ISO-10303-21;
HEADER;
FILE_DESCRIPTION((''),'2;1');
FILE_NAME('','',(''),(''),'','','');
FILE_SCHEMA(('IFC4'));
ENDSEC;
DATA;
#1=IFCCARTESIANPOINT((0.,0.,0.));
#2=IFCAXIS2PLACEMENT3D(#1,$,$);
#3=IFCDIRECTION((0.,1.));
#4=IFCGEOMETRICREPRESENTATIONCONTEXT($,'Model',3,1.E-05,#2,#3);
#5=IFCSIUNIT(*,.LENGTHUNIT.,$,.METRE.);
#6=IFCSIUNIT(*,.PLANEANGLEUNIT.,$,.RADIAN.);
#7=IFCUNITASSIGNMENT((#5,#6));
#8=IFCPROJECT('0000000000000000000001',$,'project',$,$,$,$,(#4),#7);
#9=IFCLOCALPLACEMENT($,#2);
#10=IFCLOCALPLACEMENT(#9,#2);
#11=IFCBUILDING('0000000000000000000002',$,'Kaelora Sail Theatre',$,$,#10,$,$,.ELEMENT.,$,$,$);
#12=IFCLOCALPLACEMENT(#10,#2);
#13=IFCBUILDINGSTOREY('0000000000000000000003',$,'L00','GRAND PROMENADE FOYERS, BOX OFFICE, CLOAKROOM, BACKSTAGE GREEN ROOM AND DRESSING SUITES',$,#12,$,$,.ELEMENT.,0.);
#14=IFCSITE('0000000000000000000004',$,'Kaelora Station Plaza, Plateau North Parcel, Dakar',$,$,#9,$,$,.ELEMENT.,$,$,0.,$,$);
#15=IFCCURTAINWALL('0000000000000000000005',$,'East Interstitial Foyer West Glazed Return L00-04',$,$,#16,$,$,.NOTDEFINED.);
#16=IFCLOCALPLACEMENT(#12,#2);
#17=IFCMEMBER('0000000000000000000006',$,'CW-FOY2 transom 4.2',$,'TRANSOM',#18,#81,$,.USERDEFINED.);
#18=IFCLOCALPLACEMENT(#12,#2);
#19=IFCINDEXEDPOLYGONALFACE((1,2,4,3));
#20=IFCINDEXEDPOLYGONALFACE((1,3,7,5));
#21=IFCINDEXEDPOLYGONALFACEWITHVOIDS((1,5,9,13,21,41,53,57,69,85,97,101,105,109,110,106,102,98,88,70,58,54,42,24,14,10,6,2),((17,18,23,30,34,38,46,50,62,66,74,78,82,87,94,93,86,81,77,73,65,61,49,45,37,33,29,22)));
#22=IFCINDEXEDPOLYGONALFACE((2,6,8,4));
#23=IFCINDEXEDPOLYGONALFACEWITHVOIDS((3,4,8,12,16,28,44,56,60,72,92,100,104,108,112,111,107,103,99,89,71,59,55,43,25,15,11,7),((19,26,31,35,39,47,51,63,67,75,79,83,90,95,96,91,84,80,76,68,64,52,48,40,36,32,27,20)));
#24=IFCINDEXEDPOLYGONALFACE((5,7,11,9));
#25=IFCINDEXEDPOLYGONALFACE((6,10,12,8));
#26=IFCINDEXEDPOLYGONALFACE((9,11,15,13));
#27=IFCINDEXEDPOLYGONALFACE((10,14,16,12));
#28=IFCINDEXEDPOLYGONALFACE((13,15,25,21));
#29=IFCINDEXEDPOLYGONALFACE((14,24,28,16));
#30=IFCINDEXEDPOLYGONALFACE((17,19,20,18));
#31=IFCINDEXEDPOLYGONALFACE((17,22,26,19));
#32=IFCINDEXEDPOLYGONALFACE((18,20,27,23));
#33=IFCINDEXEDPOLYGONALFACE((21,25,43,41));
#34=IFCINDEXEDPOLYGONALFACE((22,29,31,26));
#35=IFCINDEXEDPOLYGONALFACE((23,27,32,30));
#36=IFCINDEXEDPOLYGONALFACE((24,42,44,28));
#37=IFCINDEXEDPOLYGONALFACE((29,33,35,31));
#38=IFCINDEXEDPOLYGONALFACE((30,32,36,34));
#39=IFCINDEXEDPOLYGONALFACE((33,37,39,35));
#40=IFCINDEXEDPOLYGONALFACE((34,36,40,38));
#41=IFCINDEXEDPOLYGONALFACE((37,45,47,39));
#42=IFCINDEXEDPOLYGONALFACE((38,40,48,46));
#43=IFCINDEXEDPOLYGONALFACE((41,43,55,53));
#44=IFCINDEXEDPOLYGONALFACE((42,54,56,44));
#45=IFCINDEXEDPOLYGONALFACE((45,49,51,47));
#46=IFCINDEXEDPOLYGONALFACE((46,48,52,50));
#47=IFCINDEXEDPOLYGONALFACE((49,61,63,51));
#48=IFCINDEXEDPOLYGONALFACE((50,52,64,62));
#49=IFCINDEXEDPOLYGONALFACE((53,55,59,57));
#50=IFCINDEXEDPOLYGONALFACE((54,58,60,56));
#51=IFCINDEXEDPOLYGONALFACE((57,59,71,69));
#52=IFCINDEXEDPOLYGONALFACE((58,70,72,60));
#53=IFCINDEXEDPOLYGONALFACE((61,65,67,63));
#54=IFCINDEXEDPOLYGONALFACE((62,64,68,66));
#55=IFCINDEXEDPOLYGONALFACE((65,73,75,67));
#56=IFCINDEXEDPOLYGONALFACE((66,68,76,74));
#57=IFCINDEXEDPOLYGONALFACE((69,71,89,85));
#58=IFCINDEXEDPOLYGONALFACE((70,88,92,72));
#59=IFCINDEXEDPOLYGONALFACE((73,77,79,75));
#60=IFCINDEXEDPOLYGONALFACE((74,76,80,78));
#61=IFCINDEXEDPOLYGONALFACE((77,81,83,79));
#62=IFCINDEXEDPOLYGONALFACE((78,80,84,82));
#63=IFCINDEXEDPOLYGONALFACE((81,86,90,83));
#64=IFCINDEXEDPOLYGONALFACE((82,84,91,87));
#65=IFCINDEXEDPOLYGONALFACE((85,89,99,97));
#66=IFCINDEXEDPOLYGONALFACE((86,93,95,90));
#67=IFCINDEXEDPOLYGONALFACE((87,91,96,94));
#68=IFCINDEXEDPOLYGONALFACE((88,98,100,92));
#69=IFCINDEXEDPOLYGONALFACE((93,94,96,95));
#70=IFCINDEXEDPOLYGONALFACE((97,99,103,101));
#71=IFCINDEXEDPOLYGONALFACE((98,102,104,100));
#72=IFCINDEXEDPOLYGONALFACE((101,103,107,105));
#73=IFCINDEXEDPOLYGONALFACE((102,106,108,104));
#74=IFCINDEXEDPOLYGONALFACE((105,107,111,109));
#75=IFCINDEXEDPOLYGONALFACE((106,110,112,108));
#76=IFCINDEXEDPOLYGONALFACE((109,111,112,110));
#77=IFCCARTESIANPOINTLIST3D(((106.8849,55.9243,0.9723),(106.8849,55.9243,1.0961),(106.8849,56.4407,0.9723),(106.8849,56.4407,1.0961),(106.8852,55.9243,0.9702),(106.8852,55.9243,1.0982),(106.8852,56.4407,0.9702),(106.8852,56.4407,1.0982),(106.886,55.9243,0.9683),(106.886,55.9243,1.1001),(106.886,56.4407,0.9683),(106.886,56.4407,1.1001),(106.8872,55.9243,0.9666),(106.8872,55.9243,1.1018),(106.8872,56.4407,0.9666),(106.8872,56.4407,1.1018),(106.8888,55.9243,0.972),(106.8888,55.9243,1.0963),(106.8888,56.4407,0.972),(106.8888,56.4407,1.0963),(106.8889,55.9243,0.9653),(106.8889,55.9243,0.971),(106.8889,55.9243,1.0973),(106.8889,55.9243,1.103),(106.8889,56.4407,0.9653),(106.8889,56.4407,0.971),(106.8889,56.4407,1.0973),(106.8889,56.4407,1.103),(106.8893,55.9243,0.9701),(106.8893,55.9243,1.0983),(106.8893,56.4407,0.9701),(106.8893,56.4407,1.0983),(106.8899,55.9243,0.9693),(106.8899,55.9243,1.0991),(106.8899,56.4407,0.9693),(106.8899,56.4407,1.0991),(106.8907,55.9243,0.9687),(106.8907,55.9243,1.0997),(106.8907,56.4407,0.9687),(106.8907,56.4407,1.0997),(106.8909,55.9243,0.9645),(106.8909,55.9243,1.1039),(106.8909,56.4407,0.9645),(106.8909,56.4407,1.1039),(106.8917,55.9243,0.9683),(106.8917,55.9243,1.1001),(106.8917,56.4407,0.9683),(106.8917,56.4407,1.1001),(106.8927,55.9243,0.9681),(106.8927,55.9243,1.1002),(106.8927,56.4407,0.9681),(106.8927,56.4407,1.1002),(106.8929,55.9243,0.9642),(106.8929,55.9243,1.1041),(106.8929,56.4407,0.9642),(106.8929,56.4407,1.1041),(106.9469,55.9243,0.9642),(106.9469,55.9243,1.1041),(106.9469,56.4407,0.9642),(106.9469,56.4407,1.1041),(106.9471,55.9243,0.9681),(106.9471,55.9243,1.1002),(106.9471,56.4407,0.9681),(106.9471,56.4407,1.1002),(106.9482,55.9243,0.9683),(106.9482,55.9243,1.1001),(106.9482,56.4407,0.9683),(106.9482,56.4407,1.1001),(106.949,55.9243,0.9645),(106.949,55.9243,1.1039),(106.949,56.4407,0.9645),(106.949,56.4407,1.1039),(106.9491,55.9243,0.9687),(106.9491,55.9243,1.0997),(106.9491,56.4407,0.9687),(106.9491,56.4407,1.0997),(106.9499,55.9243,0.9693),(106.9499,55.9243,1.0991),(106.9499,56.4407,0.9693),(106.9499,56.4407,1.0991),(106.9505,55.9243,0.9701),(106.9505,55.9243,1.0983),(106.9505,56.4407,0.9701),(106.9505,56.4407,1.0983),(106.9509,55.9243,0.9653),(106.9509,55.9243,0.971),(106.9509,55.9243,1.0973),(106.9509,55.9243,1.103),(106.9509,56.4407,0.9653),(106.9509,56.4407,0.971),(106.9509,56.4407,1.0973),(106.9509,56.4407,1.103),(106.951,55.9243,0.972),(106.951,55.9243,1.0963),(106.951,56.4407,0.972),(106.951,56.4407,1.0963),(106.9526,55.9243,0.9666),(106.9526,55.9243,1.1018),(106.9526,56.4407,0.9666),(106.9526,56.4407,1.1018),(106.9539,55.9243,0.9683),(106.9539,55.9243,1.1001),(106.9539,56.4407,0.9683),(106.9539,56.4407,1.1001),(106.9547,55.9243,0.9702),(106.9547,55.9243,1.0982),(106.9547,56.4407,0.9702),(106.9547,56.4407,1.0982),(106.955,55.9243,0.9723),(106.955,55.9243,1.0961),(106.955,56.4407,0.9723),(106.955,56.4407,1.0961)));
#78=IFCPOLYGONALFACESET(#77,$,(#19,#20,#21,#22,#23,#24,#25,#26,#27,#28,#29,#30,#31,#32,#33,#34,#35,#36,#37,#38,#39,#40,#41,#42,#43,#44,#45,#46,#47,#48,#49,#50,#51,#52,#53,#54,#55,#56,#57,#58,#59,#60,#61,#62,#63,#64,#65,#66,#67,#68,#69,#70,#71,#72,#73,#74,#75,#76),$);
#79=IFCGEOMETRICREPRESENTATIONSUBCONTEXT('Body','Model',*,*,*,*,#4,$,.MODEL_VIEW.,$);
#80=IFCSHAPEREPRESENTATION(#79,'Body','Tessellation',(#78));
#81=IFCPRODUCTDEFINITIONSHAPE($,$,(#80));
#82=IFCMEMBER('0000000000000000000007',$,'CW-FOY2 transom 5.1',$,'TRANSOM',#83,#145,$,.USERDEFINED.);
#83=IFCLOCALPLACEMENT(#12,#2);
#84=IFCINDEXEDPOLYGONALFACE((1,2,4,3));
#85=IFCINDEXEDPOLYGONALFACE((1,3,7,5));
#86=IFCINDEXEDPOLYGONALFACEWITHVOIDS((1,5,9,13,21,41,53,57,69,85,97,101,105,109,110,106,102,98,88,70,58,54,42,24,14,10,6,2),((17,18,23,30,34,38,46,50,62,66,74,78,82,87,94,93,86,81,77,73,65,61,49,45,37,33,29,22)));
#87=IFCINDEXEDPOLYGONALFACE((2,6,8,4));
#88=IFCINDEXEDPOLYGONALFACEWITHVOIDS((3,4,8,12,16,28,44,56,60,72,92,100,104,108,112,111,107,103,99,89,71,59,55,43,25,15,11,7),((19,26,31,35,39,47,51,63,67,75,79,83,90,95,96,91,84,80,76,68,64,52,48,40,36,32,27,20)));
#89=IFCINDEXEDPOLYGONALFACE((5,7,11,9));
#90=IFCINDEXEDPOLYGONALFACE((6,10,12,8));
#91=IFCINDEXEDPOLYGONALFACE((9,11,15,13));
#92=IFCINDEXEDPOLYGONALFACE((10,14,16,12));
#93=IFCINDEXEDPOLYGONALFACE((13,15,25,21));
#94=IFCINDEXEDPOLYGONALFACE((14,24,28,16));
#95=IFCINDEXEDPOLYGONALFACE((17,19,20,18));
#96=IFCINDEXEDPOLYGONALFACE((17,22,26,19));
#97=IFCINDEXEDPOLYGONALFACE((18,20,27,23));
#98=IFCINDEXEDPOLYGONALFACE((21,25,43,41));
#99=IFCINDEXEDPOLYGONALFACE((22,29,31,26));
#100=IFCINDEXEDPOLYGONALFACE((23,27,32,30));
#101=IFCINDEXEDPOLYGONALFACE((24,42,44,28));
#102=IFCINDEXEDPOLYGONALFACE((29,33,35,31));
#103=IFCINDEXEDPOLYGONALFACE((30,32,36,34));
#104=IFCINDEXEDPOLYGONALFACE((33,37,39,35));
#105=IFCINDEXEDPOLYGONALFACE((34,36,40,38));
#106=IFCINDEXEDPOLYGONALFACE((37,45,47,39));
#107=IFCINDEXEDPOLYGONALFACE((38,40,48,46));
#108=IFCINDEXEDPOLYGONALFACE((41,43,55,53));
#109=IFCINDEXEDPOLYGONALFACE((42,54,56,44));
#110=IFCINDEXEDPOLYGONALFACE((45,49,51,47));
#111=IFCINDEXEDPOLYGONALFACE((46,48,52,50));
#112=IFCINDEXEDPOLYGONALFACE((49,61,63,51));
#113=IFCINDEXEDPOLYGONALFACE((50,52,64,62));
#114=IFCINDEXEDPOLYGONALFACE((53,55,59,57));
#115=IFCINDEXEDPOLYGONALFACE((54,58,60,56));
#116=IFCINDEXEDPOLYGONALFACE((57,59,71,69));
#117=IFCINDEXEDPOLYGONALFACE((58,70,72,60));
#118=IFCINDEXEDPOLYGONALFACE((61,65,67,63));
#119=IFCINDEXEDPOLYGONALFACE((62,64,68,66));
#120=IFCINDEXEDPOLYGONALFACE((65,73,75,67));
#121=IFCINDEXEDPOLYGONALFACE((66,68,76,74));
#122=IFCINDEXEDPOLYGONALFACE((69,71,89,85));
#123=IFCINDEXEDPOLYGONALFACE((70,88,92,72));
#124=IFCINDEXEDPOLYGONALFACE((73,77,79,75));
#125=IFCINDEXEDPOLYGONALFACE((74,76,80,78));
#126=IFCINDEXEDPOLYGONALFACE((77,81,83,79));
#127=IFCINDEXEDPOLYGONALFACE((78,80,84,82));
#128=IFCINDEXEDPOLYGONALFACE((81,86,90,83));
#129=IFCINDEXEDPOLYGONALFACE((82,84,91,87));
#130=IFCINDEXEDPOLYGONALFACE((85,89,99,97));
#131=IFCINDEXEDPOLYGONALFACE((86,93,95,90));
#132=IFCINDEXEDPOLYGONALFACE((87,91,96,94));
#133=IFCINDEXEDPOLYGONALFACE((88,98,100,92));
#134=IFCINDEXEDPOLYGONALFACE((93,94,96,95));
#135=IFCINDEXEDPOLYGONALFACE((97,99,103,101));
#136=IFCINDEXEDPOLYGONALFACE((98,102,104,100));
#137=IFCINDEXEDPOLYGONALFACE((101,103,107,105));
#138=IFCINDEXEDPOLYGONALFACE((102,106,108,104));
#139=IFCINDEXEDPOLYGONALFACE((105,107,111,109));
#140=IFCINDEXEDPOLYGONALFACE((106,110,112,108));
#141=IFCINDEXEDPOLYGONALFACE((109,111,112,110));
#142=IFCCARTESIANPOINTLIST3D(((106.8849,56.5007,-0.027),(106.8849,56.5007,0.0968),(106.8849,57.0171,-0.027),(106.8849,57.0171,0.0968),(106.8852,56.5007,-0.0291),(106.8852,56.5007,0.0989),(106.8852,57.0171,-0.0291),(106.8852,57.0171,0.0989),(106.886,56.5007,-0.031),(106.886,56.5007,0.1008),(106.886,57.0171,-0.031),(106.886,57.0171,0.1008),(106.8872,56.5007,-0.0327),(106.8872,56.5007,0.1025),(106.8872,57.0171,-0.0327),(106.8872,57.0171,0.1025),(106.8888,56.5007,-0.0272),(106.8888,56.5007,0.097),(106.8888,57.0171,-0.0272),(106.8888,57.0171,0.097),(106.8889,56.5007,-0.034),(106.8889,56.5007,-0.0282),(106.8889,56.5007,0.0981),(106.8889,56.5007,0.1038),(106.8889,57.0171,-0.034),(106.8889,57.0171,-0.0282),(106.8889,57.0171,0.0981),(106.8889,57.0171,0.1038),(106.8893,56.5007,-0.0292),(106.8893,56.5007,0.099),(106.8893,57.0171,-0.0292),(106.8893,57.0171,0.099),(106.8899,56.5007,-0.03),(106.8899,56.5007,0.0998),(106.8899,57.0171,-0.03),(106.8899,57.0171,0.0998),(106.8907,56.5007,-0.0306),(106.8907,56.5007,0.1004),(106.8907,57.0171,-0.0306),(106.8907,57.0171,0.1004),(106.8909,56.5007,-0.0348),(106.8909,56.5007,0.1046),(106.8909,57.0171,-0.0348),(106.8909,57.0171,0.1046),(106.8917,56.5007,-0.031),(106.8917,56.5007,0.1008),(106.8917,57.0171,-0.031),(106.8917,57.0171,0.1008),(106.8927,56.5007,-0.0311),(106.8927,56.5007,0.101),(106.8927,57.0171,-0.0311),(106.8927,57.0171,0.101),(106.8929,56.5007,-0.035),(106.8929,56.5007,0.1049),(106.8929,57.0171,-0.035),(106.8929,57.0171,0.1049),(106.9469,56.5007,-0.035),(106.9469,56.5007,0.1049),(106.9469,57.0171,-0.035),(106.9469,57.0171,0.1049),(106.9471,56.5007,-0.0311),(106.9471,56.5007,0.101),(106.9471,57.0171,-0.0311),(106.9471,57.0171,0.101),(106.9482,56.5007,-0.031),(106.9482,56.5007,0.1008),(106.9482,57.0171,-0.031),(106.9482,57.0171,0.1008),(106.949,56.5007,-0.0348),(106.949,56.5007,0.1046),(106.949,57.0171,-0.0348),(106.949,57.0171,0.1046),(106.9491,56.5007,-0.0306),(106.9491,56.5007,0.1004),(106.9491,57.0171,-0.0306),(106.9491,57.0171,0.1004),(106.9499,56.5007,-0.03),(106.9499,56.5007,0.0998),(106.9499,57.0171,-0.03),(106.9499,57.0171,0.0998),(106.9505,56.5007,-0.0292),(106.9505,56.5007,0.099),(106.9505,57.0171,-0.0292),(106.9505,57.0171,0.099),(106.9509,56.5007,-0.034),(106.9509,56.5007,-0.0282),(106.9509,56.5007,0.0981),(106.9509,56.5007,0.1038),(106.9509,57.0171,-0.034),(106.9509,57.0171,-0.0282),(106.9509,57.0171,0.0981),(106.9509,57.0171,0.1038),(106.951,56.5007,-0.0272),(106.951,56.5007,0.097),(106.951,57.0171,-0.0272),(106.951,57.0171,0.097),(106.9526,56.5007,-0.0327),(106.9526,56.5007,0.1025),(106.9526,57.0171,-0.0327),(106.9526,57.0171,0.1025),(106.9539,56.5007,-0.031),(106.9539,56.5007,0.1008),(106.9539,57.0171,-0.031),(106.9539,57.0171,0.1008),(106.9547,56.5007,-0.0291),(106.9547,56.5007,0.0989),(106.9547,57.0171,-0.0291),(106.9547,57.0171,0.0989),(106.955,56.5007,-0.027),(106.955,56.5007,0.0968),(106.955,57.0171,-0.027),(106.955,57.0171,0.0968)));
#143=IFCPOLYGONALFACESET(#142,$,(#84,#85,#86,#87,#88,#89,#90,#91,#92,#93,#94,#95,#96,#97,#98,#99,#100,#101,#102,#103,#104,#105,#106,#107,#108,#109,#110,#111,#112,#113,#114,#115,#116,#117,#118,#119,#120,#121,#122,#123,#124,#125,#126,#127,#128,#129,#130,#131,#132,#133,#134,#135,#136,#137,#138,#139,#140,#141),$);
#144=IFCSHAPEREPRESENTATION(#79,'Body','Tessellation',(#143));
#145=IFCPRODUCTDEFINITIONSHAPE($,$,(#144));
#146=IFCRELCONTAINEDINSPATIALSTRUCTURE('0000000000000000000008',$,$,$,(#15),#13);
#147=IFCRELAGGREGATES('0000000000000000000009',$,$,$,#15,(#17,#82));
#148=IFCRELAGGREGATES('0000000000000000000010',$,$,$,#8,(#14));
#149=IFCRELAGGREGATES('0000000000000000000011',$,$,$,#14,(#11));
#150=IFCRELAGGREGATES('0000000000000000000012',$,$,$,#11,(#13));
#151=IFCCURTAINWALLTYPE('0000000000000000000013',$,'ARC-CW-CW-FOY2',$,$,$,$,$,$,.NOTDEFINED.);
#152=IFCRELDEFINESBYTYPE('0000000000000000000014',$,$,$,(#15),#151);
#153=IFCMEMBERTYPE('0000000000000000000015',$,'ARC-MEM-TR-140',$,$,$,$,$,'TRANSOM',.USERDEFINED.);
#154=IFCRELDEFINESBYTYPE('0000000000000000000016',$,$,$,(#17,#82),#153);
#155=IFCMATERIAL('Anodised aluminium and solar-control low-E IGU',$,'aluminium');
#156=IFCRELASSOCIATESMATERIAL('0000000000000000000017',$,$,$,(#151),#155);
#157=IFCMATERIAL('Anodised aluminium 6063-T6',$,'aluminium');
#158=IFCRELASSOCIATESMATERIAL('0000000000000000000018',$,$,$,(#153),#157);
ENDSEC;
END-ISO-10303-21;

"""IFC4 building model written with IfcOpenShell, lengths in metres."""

from ifc_helpers import new_model, si_unit, direction, frame, origin, origin_2d, place, context, subcontext, project, spatial, hollow_rectangle, extrude, material, material_profile, profile_set, type_object, element, aggregate, save


model = new_model("IFC4")

# Units and contexts
model_context = context("Model", 3, precision=1e-05, world=origin(), true_north=direction((0.0, 1.0)))
body_context = subcontext(model_context, "Body", "Model", "MODEL_VIEW")
ifc_project = project(units=[si_unit("LENGTHUNIT", "METRE"), si_unit("PLANEANGLEUNIT", "RADIAN")], contexts=[model_context])

# Site, building, storey
site_placement = place(None, origin())
site = spatial("IfcSite", under=ifc_project, at=site_placement, Name="Kaelora Station Plaza, Plateau North Parcel, Dakar", CompositionType="ELEMENT", RefElevation=0.0)
building_placement = place(site_placement, origin())
building = spatial("IfcBuilding", under=site, at=building_placement, Name="Kaelora Sail Theatre", CompositionType="ELEMENT")
storey_placement = place(building_placement, origin())
storey = spatial("IfcBuildingStorey", under=building, at=storey_placement, Name="L00", Description="GRAND PROMENADE FOYERS, BOX OFFICE, CLOAKROOM, BACKSTAGE GREEN ROOM AND DRESSING SUITES", CompositionType="ELEMENT", Elevation=0.0)

# Curtain wall, members
ifc_material_1 = material(Name="Anodised aluminium and solar-control low-E IGU", Category="aluminium")
curtain_wall_type = type_object("IfcCurtainWallType", Name="ARC-CW-CW-FOY2", PredefinedType="NOTDEFINED", material=ifc_material_1)
curtain_wall_placement = place(storey_placement, origin())
curtain_wall = element("IfcCurtainWall", 1, at=curtain_wall_placement, inside=storey, type_object=curtain_wall_type, Name="East Interstitial Foyer West Glazed Return L00-04", PredefinedType="NOTDEFINED")
ifc_material_2 = material(Name="Anodised aluminium 6063-T6", Category="aluminium")
ifc_material_profile_1 = material_profile(ifc_material_2, hollow_rectangle(XDim=0.0701, YDim=0.1399, WallThickness=0.0039, InnerFilletRadius=0.0039, OuterFilletRadius=0.0081, at=origin_2d()), Name="ALU-TRAN 70x140x4")
ifc_profile_set_1 = profile_set([ifc_material_profile_1], Name="Anodised aluminium 6063-T6")
member_type_1 = type_object("IfcMemberType", Name="ARC-MEM-TR-140", ElementType="TRANSOM", PredefinedType="USERDEFINED", material=ifc_profile_set_1)
member_1_placement = place(storey_placement, frame((106.9199, 55.9243, 1.0342), z_axis=(0.0, 1.0, 0.0), x_axis=(-1.0, 0.0, 0.0)))
member_1 = element("IfcMember", 2, at=member_1_placement, type_object=member_type_1, Name="CW-FOY2 transom 4.2", ObjectType="TRANSOM", PredefinedType="USERDEFINED", context=body_context, shape_type="SweptSolid", body=[
    extrude(hollow_rectangle(XDim=0.0701, YDim=0.1399, WallThickness=0.0039, InnerFilletRadius=0.0039, OuterFilletRadius=0.0081, at=origin_2d()), origin(), (0.0, 0.0, 1.0), 0.5164),
])
member_2_placement = place(storey_placement, frame((106.9199, 56.5007, 0.0349), z_axis=(0.0, 1.0, 0.0), x_axis=(-1.0, 0.0, 0.0)))
member_2 = element("IfcMember", 3, at=member_2_placement, type_object=member_type_1, Name="CW-FOY2 transom 5.1", ObjectType="TRANSOM", PredefinedType="USERDEFINED", context=body_context, shape_type="SweptSolid", body=[
    extrude(hollow_rectangle(XDim=0.0701, YDim=0.1399, WallThickness=0.0039, InnerFilletRadius=0.0039, OuterFilletRadius=0.0081, at=origin_2d()), origin(), (0.0, 0.0, 1.0), 0.5164),
])
aggregate(curtain_wall, [member_1, member_2])

save(model, "model.ifc")
